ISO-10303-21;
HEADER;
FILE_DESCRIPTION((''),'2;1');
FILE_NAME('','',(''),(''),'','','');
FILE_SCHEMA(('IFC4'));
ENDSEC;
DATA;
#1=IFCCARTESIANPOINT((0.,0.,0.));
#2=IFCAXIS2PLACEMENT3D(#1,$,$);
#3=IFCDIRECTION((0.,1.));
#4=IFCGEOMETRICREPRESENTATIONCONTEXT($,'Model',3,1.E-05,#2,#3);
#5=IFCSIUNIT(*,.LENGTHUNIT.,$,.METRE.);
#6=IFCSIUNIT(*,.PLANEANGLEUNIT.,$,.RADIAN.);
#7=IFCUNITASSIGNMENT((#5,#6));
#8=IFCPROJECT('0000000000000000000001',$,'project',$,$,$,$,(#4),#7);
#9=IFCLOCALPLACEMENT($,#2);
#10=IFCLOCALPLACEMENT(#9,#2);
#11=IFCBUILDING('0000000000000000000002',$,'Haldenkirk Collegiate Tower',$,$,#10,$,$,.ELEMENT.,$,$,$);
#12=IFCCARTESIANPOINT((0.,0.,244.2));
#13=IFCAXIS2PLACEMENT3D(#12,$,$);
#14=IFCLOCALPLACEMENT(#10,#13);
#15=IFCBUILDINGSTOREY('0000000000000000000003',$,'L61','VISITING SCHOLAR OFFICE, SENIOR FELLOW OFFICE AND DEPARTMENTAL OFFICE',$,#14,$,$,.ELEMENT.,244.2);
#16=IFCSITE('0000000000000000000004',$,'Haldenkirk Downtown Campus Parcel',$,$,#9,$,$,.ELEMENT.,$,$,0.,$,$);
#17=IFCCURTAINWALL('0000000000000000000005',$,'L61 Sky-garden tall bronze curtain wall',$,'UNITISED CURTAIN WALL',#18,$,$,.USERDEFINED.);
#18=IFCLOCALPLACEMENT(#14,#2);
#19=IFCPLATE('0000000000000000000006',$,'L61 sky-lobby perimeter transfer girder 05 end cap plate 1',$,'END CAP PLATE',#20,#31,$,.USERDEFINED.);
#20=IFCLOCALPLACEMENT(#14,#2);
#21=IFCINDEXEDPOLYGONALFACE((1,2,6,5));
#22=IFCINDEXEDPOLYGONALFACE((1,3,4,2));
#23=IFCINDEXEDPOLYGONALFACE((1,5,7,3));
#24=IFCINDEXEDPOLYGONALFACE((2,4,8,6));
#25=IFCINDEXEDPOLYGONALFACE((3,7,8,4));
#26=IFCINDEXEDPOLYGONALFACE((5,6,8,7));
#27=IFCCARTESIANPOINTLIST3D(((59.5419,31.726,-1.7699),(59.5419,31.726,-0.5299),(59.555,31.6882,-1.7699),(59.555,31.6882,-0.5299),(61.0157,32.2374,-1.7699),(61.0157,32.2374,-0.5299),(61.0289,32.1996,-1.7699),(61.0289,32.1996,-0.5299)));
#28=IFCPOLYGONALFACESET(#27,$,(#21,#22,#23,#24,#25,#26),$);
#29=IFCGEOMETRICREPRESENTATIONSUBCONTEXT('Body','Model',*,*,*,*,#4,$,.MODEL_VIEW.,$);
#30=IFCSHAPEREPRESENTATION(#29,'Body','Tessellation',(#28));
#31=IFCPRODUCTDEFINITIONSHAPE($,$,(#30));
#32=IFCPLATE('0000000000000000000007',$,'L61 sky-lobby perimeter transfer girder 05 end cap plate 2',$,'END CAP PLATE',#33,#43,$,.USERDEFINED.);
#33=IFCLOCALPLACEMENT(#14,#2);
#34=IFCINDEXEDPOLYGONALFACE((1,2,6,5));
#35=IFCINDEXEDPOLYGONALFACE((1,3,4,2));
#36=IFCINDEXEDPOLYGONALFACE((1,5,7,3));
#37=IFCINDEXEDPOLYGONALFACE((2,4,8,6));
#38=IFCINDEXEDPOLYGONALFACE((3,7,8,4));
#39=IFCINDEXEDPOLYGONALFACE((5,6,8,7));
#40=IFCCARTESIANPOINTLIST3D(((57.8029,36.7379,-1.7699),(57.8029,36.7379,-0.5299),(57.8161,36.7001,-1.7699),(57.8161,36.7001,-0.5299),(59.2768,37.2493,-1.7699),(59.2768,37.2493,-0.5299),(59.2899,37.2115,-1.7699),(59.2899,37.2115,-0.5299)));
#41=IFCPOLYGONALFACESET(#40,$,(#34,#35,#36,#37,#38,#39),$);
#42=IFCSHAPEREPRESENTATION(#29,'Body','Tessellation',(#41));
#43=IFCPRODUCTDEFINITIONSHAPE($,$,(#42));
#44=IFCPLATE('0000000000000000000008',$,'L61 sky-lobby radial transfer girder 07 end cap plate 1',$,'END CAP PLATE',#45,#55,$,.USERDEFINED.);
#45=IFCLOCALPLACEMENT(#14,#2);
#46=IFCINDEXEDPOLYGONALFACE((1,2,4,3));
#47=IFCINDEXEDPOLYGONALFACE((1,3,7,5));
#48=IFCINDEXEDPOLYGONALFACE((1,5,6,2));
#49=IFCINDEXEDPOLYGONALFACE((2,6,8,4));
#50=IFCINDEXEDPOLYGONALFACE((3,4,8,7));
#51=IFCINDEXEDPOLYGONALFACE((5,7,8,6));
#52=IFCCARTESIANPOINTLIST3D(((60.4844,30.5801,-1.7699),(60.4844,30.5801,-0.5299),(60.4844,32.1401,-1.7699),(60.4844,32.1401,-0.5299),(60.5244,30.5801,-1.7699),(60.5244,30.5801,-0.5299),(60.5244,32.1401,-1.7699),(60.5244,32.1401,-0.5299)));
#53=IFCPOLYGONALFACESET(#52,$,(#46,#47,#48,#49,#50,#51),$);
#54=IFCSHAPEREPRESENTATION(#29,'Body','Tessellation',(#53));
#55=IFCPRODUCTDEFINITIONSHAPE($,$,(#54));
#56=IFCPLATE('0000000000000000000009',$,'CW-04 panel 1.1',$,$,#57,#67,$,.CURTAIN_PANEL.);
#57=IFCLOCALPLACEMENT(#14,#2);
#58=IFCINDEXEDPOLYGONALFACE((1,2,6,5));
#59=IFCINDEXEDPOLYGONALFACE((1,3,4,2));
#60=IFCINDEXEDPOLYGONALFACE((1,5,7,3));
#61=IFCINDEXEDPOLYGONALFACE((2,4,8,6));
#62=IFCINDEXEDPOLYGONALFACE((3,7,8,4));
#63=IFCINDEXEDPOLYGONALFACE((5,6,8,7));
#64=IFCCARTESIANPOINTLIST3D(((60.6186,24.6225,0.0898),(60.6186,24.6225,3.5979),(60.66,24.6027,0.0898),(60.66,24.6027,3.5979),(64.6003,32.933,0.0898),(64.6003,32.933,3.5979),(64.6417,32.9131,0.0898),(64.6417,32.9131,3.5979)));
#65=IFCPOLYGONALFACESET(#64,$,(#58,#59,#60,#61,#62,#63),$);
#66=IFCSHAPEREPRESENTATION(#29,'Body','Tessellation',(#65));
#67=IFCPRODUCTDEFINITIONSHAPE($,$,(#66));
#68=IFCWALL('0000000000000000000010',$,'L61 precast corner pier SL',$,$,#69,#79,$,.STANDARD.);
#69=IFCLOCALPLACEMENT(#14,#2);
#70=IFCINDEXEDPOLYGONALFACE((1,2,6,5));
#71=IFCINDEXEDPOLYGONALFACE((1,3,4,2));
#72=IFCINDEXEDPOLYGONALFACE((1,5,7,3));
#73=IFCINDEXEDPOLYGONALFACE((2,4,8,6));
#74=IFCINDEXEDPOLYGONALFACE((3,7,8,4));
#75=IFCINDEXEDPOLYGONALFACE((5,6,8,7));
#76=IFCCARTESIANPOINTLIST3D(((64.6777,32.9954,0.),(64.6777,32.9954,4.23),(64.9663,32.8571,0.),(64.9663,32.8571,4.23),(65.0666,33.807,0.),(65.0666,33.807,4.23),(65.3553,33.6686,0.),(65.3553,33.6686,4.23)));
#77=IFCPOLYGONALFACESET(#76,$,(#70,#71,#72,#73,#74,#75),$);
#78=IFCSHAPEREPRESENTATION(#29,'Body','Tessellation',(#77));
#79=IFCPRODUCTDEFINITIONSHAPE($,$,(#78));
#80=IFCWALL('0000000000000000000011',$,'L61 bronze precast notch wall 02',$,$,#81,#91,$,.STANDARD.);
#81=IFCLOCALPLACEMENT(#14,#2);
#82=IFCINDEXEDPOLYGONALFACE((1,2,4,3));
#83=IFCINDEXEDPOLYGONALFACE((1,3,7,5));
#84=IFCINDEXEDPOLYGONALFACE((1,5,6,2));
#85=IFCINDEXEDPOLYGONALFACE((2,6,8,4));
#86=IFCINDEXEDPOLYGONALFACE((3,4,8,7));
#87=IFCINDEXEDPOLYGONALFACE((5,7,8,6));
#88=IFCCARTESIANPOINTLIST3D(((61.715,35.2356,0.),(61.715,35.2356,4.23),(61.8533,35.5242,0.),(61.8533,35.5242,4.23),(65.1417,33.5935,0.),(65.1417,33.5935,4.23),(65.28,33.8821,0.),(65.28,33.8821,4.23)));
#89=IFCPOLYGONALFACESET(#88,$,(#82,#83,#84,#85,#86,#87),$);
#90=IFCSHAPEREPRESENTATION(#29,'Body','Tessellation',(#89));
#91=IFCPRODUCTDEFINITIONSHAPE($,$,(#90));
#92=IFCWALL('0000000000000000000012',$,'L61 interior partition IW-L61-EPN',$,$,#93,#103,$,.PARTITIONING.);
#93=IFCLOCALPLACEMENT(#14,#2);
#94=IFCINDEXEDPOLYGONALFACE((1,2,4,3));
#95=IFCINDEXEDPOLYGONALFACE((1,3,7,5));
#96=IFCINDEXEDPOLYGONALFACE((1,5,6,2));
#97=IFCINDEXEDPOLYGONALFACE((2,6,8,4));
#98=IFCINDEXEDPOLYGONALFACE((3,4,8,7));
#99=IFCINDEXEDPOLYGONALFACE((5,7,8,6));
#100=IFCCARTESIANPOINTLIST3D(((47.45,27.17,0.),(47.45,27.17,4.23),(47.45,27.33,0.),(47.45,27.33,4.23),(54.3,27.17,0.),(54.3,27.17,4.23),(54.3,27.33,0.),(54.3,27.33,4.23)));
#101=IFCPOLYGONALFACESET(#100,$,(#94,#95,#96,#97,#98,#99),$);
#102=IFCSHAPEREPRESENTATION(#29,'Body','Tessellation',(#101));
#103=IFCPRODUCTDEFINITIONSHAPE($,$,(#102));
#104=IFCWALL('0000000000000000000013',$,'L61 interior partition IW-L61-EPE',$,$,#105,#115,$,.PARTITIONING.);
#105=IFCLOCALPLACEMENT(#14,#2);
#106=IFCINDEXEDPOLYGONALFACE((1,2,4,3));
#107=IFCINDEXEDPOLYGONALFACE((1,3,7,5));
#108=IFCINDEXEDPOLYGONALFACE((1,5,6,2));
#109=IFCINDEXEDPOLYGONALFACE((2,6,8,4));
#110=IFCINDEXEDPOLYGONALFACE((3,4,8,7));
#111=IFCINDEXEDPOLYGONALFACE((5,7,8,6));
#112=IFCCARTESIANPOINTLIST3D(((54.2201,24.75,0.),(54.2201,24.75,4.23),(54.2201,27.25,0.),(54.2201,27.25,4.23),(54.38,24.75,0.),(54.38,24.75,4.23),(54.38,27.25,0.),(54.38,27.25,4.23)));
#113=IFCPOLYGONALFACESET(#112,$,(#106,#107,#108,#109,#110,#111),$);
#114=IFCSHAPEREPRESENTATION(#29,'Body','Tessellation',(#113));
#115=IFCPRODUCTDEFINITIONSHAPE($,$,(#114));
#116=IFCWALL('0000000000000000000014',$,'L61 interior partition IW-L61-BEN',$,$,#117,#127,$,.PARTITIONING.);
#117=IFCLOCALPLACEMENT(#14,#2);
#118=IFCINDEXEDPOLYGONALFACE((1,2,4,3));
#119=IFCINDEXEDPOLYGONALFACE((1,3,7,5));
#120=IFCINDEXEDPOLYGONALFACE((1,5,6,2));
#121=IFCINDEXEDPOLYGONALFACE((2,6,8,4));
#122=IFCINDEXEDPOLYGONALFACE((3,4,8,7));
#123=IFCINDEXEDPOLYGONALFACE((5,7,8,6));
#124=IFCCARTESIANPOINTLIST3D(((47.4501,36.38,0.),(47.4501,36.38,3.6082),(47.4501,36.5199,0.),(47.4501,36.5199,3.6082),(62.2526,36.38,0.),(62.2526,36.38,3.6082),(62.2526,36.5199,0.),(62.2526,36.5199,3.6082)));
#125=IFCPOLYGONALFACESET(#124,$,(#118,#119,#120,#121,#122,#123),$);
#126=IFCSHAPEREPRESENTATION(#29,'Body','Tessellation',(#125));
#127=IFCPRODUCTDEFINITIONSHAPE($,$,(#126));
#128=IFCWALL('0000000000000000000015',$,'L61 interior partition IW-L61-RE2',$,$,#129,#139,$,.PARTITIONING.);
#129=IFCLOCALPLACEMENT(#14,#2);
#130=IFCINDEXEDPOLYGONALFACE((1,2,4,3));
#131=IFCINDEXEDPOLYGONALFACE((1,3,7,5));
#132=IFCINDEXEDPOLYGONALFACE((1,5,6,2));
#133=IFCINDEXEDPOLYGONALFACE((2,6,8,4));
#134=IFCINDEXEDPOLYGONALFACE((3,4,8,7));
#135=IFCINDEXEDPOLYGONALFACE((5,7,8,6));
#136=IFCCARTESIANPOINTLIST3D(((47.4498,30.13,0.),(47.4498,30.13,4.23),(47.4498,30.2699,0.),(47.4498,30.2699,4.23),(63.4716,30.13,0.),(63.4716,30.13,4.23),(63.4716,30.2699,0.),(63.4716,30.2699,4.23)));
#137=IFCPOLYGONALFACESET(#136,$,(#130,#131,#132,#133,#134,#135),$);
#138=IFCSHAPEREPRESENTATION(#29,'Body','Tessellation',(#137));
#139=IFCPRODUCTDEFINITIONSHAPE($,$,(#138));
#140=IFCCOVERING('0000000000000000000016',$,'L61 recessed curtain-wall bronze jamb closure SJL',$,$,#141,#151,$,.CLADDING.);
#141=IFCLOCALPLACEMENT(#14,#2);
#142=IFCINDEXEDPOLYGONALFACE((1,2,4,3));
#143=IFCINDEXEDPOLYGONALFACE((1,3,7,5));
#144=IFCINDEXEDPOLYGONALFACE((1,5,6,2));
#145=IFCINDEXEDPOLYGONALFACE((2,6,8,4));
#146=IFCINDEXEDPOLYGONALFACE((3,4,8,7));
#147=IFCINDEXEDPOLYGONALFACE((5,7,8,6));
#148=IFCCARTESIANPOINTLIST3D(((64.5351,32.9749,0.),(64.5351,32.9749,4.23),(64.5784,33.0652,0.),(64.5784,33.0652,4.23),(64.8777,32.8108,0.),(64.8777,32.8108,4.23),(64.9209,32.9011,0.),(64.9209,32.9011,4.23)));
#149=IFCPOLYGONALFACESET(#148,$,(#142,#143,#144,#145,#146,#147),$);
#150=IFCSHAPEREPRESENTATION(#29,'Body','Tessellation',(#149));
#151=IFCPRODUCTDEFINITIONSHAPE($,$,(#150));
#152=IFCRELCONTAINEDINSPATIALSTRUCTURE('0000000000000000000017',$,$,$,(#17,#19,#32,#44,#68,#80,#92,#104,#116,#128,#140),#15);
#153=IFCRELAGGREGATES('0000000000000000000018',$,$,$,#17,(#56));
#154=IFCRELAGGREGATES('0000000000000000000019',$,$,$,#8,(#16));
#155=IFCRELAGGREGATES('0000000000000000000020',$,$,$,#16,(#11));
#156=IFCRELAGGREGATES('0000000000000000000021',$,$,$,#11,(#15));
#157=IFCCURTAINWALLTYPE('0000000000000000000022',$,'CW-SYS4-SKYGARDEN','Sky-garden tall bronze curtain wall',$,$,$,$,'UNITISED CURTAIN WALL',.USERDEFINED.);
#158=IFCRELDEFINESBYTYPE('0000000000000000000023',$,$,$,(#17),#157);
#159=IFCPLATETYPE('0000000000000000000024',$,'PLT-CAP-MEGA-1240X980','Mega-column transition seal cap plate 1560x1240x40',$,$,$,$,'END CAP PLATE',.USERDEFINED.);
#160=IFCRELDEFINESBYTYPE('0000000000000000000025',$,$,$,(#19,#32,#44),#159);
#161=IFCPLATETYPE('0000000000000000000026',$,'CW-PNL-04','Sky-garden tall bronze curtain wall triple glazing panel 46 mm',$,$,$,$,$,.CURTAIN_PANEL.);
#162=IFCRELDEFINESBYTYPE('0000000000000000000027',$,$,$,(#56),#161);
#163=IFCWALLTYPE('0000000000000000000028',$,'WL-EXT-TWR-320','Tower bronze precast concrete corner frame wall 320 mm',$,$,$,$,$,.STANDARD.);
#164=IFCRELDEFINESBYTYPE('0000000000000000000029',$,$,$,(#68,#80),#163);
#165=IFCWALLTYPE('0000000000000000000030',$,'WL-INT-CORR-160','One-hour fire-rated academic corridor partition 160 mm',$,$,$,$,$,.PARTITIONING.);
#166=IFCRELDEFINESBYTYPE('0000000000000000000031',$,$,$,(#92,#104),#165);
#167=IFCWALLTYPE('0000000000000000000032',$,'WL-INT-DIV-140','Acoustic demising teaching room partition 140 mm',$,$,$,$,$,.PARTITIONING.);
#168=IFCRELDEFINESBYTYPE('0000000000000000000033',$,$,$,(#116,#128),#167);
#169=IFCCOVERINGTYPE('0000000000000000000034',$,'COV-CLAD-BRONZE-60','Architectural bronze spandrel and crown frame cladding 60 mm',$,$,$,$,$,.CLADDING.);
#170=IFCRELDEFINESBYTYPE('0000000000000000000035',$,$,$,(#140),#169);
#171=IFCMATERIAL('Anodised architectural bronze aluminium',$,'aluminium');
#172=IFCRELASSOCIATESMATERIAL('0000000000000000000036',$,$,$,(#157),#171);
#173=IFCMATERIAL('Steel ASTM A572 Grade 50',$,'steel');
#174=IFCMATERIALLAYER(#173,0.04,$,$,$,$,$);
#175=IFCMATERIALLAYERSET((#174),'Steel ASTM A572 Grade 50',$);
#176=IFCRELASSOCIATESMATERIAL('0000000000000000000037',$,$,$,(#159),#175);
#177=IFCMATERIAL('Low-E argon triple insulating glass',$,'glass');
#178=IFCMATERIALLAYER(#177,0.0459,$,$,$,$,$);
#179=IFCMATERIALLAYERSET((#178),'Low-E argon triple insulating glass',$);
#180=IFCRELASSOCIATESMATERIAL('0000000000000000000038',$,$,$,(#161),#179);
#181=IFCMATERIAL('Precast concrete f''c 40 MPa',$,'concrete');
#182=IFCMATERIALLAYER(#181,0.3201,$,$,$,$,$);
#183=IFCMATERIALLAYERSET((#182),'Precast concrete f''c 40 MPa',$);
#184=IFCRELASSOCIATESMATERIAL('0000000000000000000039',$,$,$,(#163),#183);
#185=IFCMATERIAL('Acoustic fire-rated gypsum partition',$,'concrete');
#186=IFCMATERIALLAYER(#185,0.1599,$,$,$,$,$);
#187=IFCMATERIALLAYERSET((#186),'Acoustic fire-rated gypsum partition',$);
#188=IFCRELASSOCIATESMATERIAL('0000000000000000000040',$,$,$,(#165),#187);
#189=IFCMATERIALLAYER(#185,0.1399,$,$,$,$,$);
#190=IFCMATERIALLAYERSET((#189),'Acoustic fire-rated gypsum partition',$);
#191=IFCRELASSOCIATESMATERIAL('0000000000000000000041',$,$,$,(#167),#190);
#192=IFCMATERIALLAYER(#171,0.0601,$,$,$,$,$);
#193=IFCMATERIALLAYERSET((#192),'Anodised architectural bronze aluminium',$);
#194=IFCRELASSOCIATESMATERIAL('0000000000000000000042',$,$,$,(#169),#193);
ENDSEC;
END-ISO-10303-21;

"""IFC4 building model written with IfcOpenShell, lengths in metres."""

from ifc_helpers import new_model, si_unit, direction, frame, frame_2d, origin, origin_2d, place, context, subcontext, project, spatial, rectangle, extrude, source, transform, mapped, material, layer, layer_set, type_object, element, aggregate, save


model = new_model("IFC4")

# Units and contexts
model_context = context("Model", 3, precision=1e-05, world=origin(), true_north=direction((0.0, 1.0)))
body_context = subcontext(model_context, "Body", "Model", "MODEL_VIEW")
ifc_project = project(units=[si_unit("LENGTHUNIT", "METRE"), si_unit("PLANEANGLEUNIT", "RADIAN")], contexts=[model_context])

# Site, building, storey
site_placement = place(None, origin())
site = spatial("IfcSite", under=ifc_project, at=site_placement, Name="Haldenkirk Downtown Campus Parcel", CompositionType="ELEMENT", RefElevation=0.0)
building_placement = place(site_placement, origin())
building = spatial("IfcBuilding", under=site, at=building_placement, Name="Haldenkirk Collegiate Tower", CompositionType="ELEMENT")
storey_placement = place(building_placement, frame((0.0, 0.0, 244.2)))
storey = spatial("IfcBuildingStorey", under=building, at=storey_placement, Name="L61", Description="VISITING SCHOLAR OFFICE, SENIOR FELLOW OFFICE AND DEPARTMENTAL OFFICE", CompositionType="ELEMENT", Elevation=244.2)

# Shared definitions
ifc_material_1 = material(Name="Steel ASTM A572 Grade 50", Category="steel")

# Curtain wall
ifc_material_2 = material(Name="Anodised architectural bronze aluminium", Category="aluminium")
curtain_wall_type = type_object("IfcCurtainWallType", Name="CW-SYS4-SKYGARDEN", Description="Sky-garden tall bronze curtain wall", ElementType="UNITISED CURTAIN WALL", PredefinedType="USERDEFINED", material=ifc_material_2)
curtain_wall_placement = place(storey_placement, origin())
curtain_wall = element("IfcCurtainWall", 1, at=curtain_wall_placement, inside=storey, type_object=curtain_wall_type, Name="L61 Sky-garden tall bronze curtain wall", ObjectType="UNITISED CURTAIN WALL", PredefinedType="USERDEFINED")

# Plates
ifc_layer_1 = layer(ifc_material_1, 0.04)
ifc_layer_set_1 = layer_set([ifc_layer_1], Name="Steel ASTM A572 Grade 50")
plate_type_1 = type_object("IfcPlateType", Name="PLT-CAP-MEGA-1240X980", Description="Mega-column transition seal cap plate 1560x1240x40", ElementType="END CAP PLATE", PredefinedType="USERDEFINED", material=ifc_layer_set_1)
shared_shape_1 = source(origin(), body_context, "Body", "SweptSolid", [
    extrude(rectangle(XDim=1.5601, YDim=1.24, at=origin_2d()), origin(), (0.0, 0.0, 1.0), 0.04),
])
for number, where, z_axis, x_axis, name in (
    (2, (60.2788, 31.9817, -1.1499), (0.32781, -0.944744, 0.0), (0.944744, 0.32781, 0.0), "L61 sky-lobby perimeter transfer girder 05 end cap plate 1"),
    (3, (58.553, 36.9558, -1.1499), (-0.32781, 0.944744, 0.0), (-0.944744, -0.32781, 0.0), "L61 sky-lobby perimeter transfer girder 05 end cap plate 2"),
    (4, (60.4844, 31.3601, -1.1499), (1.0, 0.0, 0.0), (0.0, 1.0, 0.0), "L61 sky-lobby radial transfer girder 07 end cap plate 1"),
):
    element("IfcPlate", number, at=place(storey_placement, frame(where, z_axis=z_axis, x_axis=x_axis)), inside=storey, type_object=plate_type_1, Name=name, ObjectType="END CAP PLATE", PredefinedType="USERDEFINED", context=body_context, shape_type="MappedRepresentation", body=[
        mapped(shared_shape_1, transform((0.0, 0.0, 0.0), x_axis=(1.0, 0.0, 0.0), y_axis=(0.0, 1.0, 0.0), z_axis=(0.0, 0.0, 1.0), scale=1.0)),
    ])

# Plate
ifc_material_3 = material(Name="Low-E argon triple insulating glass", Category="glass")
ifc_layer_2 = layer(ifc_material_3, 0.0459)
ifc_layer_set_2 = layer_set([ifc_layer_2], Name="Low-E argon triple insulating glass")
plate_type_2 = type_object("IfcPlateType", Name="CW-PNL-04", Description="Sky-garden tall bronze curtain wall triple glazing panel 46 mm", PredefinedType="CURTAIN_PANEL", material=ifc_layer_set_2)
shared_shape_2 = source(origin(), body_context, "Body", "SweptSolid", [
    extrude(rectangle(XDim=9.2151, YDim=0.0459, at=origin_2d()), origin(), (0.0, 0.0, 1.0), 3.5081),
])
plate_placement = place(storey_placement, frame((62.6301, 28.7678, 0.0898), z_axis=(0.0, 0.0, 1.0), x_axis=(-0.432083, -0.901834, 0.0)))
plate = element("IfcPlate", 5, at=plate_placement, type_object=plate_type_2, Name="CW-04 panel 1.1", PredefinedType="CURTAIN_PANEL", context=body_context, shape_type="MappedRepresentation", body=[
    mapped(shared_shape_2, transform((0.0, 0.0, 0.0), x_axis=(1.0, 0.0, 0.0), y_axis=(0.0, 1.0, 0.0), z_axis=(0.0, 0.0, 1.0), scale=1.0)),
])
aggregate(curtain_wall, [plate])

# Walls
ifc_material_4 = material(Name="Precast concrete f'c 40 MPa", Category="concrete")
ifc_layer_3 = layer(ifc_material_4, 0.3201)
ifc_layer_set_3 = layer_set([ifc_layer_3], Name="Precast concrete f'c 40 MPa")
wall_type_1 = type_object("IfcWallType", Name="WL-EXT-TWR-320", Description="Tower bronze precast concrete corner frame wall 320 mm", PredefinedType="STANDARD", material=ifc_layer_set_3)
wall_1_placement = place(storey_placement, frame((65.2109, 33.7378, 0.0), z_axis=(0.0, 0.0, 1.0), x_axis=(-0.432175, -0.90179, 0.0)))
element("IfcWall", 6, at=wall_1_placement, inside=storey, type_object=wall_type_1, Name="L61 precast corner pier SL", PredefinedType="STANDARD", context=body_context, shape_type="SweptSolid", body=[
    extrude(rectangle(XDim=0.8999, YDim=0.3201, at=frame_2d((0.45, 0.0))), origin(), (0.0, 0.0, 1.0), 4.23),
])
wall_2_placement = place(storey_placement, frame((61.7842, 35.3799, 0.0), z_axis=(0.0, 0.0, 1.0), x_axis=(0.901806, -0.432142, 0.0)))
element("IfcWall", 7, at=wall_2_placement, inside=storey, type_object=wall_type_1, Name="L61 bronze precast notch wall 02", PredefinedType="STANDARD", context=body_context, shape_type="SweptSolid", body=[
    extrude(rectangle(XDim=3.7998, YDim=0.3201, at=frame_2d((1.8999, 0.0))), origin(), (0.0, 0.0, 1.0), 4.23),
])
ifc_material_5 = material(Name="Acoustic fire-rated gypsum partition", Category="concrete")
ifc_layer_4 = layer(ifc_material_5, 0.1599)
ifc_layer_set_4 = layer_set([ifc_layer_4], Name="Acoustic fire-rated gypsum partition")
wall_type_2 = type_object("IfcWallType", Name="WL-INT-CORR-160", Description="One-hour fire-rated academic corridor partition 160 mm", PredefinedType="PARTITIONING", material=ifc_layer_set_4)
wall_3_placement = place(storey_placement, frame((47.45, 27.25, 0.0), z_axis=(0.0, 0.0, 1.0), x_axis=(1.0, 0.0, 0.0)))
element("IfcWall", 8, at=wall_3_placement, inside=storey, type_object=wall_type_2, Name="L61 interior partition IW-L61-EPN", PredefinedType="PARTITIONING", context=body_context, shape_type="SweptSolid", body=[
    extrude(rectangle(XDim=6.8501, YDim=0.1599, at=frame_2d((3.425, 0.0))), origin(), (0.0, 0.0, 1.0), 4.23),
])
wall_4_placement = place(storey_placement, frame((54.3, 24.75, 0.0), z_axis=(0.0, 0.0, 1.0), x_axis=(0.0, 1.0, 0.0)))
element("IfcWall", 9, at=wall_4_placement, inside=storey, type_object=wall_type_2, Name="L61 interior partition IW-L61-EPE", PredefinedType="PARTITIONING", context=body_context, shape_type="SweptSolid", body=[
    extrude(rectangle(XDim=2.5, YDim=0.1599, at=frame_2d((1.25, 0.0))), origin(), (0.0, 0.0, 1.0), 4.23),
])
ifc_layer_5 = layer(ifc_material_5, 0.1399)
ifc_layer_set_5 = layer_set([ifc_layer_5], Name="Acoustic fire-rated gypsum partition")
wall_type_3 = type_object("IfcWallType", Name="WL-INT-DIV-140", Description="Acoustic demising teaching room partition 140 mm", PredefinedType="PARTITIONING", material=ifc_layer_set_5)
wall_5_placement = place(storey_placement, frame((47.45, 36.45, 0.0), z_axis=(0.0, 0.0, 1.0), x_axis=(1.0, 0.0, 0.0)))
element("IfcWall", 10, at=wall_5_placement, inside=storey, type_object=wall_type_3, Name="L61 interior partition IW-L61-BEN", PredefinedType="PARTITIONING", context=body_context, shape_type="SweptSolid", body=[
    extrude(rectangle(XDim=14.8025, YDim=0.1399, at=frame_2d((7.4014, 0.0))), origin(), (0.0, 0.0, 1.0), 3.6082),
])
wall_6_placement = place(storey_placement, frame((47.45, 30.2, 0.0), z_axis=(0.0, 0.0, 1.0), x_axis=(1.0, 0.0, 0.0)))
element("IfcWall", 11, at=wall_6_placement, inside=storey, type_object=wall_type_3, Name="L61 interior partition IW-L61-RE2", PredefinedType="PARTITIONING", context=body_context, shape_type="SweptSolid", body=[
    extrude(rectangle(XDim=16.0217, YDim=0.1399, at=frame_2d((8.0107, 0.0))), origin(), (0.0, 0.0, 1.0), 4.23),
])

# Covering
ifc_layer_6 = layer(ifc_material_2, 0.0601)
ifc_layer_set_6 = layer_set([ifc_layer_6], Name="Anodised architectural bronze aluminium")
covering_type = type_object("IfcCoveringType", Name="COV-CLAD-BRONZE-60", Description="Architectural bronze spandrel and crown frame cladding 60 mm", PredefinedType="CLADDING", material=ifc_layer_set_6)
shared_shape_3 = source(origin(), body_context, "Body", "SweptSolid", [
    extrude(rectangle(XDim=0.1001, YDim=0.3799, at=origin_2d()), origin(), (0.0, 0.0, 1.0), 4.23),
])
covering_placement = place(storey_placement, frame((64.728, 32.938, 0.0), z_axis=(0.0, 0.0, 1.0), x_axis=(-0.432086, -0.901833, 0.0)))
element("IfcCovering", 12, at=covering_placement, inside=storey, type_object=covering_type, Name="L61 recessed curtain-wall bronze jamb closure SJL", PredefinedType="CLADDING", context=body_context, shape_type="MappedRepresentation", body=[
    mapped(shared_shape_3, transform((0.0, 0.0, 0.0), x_axis=(1.0, 0.0, 0.0), y_axis=(0.0, 1.0, 0.0), z_axis=(0.0, 0.0, 1.0), scale=1.0)),
])

save(model, "model.ifc")
